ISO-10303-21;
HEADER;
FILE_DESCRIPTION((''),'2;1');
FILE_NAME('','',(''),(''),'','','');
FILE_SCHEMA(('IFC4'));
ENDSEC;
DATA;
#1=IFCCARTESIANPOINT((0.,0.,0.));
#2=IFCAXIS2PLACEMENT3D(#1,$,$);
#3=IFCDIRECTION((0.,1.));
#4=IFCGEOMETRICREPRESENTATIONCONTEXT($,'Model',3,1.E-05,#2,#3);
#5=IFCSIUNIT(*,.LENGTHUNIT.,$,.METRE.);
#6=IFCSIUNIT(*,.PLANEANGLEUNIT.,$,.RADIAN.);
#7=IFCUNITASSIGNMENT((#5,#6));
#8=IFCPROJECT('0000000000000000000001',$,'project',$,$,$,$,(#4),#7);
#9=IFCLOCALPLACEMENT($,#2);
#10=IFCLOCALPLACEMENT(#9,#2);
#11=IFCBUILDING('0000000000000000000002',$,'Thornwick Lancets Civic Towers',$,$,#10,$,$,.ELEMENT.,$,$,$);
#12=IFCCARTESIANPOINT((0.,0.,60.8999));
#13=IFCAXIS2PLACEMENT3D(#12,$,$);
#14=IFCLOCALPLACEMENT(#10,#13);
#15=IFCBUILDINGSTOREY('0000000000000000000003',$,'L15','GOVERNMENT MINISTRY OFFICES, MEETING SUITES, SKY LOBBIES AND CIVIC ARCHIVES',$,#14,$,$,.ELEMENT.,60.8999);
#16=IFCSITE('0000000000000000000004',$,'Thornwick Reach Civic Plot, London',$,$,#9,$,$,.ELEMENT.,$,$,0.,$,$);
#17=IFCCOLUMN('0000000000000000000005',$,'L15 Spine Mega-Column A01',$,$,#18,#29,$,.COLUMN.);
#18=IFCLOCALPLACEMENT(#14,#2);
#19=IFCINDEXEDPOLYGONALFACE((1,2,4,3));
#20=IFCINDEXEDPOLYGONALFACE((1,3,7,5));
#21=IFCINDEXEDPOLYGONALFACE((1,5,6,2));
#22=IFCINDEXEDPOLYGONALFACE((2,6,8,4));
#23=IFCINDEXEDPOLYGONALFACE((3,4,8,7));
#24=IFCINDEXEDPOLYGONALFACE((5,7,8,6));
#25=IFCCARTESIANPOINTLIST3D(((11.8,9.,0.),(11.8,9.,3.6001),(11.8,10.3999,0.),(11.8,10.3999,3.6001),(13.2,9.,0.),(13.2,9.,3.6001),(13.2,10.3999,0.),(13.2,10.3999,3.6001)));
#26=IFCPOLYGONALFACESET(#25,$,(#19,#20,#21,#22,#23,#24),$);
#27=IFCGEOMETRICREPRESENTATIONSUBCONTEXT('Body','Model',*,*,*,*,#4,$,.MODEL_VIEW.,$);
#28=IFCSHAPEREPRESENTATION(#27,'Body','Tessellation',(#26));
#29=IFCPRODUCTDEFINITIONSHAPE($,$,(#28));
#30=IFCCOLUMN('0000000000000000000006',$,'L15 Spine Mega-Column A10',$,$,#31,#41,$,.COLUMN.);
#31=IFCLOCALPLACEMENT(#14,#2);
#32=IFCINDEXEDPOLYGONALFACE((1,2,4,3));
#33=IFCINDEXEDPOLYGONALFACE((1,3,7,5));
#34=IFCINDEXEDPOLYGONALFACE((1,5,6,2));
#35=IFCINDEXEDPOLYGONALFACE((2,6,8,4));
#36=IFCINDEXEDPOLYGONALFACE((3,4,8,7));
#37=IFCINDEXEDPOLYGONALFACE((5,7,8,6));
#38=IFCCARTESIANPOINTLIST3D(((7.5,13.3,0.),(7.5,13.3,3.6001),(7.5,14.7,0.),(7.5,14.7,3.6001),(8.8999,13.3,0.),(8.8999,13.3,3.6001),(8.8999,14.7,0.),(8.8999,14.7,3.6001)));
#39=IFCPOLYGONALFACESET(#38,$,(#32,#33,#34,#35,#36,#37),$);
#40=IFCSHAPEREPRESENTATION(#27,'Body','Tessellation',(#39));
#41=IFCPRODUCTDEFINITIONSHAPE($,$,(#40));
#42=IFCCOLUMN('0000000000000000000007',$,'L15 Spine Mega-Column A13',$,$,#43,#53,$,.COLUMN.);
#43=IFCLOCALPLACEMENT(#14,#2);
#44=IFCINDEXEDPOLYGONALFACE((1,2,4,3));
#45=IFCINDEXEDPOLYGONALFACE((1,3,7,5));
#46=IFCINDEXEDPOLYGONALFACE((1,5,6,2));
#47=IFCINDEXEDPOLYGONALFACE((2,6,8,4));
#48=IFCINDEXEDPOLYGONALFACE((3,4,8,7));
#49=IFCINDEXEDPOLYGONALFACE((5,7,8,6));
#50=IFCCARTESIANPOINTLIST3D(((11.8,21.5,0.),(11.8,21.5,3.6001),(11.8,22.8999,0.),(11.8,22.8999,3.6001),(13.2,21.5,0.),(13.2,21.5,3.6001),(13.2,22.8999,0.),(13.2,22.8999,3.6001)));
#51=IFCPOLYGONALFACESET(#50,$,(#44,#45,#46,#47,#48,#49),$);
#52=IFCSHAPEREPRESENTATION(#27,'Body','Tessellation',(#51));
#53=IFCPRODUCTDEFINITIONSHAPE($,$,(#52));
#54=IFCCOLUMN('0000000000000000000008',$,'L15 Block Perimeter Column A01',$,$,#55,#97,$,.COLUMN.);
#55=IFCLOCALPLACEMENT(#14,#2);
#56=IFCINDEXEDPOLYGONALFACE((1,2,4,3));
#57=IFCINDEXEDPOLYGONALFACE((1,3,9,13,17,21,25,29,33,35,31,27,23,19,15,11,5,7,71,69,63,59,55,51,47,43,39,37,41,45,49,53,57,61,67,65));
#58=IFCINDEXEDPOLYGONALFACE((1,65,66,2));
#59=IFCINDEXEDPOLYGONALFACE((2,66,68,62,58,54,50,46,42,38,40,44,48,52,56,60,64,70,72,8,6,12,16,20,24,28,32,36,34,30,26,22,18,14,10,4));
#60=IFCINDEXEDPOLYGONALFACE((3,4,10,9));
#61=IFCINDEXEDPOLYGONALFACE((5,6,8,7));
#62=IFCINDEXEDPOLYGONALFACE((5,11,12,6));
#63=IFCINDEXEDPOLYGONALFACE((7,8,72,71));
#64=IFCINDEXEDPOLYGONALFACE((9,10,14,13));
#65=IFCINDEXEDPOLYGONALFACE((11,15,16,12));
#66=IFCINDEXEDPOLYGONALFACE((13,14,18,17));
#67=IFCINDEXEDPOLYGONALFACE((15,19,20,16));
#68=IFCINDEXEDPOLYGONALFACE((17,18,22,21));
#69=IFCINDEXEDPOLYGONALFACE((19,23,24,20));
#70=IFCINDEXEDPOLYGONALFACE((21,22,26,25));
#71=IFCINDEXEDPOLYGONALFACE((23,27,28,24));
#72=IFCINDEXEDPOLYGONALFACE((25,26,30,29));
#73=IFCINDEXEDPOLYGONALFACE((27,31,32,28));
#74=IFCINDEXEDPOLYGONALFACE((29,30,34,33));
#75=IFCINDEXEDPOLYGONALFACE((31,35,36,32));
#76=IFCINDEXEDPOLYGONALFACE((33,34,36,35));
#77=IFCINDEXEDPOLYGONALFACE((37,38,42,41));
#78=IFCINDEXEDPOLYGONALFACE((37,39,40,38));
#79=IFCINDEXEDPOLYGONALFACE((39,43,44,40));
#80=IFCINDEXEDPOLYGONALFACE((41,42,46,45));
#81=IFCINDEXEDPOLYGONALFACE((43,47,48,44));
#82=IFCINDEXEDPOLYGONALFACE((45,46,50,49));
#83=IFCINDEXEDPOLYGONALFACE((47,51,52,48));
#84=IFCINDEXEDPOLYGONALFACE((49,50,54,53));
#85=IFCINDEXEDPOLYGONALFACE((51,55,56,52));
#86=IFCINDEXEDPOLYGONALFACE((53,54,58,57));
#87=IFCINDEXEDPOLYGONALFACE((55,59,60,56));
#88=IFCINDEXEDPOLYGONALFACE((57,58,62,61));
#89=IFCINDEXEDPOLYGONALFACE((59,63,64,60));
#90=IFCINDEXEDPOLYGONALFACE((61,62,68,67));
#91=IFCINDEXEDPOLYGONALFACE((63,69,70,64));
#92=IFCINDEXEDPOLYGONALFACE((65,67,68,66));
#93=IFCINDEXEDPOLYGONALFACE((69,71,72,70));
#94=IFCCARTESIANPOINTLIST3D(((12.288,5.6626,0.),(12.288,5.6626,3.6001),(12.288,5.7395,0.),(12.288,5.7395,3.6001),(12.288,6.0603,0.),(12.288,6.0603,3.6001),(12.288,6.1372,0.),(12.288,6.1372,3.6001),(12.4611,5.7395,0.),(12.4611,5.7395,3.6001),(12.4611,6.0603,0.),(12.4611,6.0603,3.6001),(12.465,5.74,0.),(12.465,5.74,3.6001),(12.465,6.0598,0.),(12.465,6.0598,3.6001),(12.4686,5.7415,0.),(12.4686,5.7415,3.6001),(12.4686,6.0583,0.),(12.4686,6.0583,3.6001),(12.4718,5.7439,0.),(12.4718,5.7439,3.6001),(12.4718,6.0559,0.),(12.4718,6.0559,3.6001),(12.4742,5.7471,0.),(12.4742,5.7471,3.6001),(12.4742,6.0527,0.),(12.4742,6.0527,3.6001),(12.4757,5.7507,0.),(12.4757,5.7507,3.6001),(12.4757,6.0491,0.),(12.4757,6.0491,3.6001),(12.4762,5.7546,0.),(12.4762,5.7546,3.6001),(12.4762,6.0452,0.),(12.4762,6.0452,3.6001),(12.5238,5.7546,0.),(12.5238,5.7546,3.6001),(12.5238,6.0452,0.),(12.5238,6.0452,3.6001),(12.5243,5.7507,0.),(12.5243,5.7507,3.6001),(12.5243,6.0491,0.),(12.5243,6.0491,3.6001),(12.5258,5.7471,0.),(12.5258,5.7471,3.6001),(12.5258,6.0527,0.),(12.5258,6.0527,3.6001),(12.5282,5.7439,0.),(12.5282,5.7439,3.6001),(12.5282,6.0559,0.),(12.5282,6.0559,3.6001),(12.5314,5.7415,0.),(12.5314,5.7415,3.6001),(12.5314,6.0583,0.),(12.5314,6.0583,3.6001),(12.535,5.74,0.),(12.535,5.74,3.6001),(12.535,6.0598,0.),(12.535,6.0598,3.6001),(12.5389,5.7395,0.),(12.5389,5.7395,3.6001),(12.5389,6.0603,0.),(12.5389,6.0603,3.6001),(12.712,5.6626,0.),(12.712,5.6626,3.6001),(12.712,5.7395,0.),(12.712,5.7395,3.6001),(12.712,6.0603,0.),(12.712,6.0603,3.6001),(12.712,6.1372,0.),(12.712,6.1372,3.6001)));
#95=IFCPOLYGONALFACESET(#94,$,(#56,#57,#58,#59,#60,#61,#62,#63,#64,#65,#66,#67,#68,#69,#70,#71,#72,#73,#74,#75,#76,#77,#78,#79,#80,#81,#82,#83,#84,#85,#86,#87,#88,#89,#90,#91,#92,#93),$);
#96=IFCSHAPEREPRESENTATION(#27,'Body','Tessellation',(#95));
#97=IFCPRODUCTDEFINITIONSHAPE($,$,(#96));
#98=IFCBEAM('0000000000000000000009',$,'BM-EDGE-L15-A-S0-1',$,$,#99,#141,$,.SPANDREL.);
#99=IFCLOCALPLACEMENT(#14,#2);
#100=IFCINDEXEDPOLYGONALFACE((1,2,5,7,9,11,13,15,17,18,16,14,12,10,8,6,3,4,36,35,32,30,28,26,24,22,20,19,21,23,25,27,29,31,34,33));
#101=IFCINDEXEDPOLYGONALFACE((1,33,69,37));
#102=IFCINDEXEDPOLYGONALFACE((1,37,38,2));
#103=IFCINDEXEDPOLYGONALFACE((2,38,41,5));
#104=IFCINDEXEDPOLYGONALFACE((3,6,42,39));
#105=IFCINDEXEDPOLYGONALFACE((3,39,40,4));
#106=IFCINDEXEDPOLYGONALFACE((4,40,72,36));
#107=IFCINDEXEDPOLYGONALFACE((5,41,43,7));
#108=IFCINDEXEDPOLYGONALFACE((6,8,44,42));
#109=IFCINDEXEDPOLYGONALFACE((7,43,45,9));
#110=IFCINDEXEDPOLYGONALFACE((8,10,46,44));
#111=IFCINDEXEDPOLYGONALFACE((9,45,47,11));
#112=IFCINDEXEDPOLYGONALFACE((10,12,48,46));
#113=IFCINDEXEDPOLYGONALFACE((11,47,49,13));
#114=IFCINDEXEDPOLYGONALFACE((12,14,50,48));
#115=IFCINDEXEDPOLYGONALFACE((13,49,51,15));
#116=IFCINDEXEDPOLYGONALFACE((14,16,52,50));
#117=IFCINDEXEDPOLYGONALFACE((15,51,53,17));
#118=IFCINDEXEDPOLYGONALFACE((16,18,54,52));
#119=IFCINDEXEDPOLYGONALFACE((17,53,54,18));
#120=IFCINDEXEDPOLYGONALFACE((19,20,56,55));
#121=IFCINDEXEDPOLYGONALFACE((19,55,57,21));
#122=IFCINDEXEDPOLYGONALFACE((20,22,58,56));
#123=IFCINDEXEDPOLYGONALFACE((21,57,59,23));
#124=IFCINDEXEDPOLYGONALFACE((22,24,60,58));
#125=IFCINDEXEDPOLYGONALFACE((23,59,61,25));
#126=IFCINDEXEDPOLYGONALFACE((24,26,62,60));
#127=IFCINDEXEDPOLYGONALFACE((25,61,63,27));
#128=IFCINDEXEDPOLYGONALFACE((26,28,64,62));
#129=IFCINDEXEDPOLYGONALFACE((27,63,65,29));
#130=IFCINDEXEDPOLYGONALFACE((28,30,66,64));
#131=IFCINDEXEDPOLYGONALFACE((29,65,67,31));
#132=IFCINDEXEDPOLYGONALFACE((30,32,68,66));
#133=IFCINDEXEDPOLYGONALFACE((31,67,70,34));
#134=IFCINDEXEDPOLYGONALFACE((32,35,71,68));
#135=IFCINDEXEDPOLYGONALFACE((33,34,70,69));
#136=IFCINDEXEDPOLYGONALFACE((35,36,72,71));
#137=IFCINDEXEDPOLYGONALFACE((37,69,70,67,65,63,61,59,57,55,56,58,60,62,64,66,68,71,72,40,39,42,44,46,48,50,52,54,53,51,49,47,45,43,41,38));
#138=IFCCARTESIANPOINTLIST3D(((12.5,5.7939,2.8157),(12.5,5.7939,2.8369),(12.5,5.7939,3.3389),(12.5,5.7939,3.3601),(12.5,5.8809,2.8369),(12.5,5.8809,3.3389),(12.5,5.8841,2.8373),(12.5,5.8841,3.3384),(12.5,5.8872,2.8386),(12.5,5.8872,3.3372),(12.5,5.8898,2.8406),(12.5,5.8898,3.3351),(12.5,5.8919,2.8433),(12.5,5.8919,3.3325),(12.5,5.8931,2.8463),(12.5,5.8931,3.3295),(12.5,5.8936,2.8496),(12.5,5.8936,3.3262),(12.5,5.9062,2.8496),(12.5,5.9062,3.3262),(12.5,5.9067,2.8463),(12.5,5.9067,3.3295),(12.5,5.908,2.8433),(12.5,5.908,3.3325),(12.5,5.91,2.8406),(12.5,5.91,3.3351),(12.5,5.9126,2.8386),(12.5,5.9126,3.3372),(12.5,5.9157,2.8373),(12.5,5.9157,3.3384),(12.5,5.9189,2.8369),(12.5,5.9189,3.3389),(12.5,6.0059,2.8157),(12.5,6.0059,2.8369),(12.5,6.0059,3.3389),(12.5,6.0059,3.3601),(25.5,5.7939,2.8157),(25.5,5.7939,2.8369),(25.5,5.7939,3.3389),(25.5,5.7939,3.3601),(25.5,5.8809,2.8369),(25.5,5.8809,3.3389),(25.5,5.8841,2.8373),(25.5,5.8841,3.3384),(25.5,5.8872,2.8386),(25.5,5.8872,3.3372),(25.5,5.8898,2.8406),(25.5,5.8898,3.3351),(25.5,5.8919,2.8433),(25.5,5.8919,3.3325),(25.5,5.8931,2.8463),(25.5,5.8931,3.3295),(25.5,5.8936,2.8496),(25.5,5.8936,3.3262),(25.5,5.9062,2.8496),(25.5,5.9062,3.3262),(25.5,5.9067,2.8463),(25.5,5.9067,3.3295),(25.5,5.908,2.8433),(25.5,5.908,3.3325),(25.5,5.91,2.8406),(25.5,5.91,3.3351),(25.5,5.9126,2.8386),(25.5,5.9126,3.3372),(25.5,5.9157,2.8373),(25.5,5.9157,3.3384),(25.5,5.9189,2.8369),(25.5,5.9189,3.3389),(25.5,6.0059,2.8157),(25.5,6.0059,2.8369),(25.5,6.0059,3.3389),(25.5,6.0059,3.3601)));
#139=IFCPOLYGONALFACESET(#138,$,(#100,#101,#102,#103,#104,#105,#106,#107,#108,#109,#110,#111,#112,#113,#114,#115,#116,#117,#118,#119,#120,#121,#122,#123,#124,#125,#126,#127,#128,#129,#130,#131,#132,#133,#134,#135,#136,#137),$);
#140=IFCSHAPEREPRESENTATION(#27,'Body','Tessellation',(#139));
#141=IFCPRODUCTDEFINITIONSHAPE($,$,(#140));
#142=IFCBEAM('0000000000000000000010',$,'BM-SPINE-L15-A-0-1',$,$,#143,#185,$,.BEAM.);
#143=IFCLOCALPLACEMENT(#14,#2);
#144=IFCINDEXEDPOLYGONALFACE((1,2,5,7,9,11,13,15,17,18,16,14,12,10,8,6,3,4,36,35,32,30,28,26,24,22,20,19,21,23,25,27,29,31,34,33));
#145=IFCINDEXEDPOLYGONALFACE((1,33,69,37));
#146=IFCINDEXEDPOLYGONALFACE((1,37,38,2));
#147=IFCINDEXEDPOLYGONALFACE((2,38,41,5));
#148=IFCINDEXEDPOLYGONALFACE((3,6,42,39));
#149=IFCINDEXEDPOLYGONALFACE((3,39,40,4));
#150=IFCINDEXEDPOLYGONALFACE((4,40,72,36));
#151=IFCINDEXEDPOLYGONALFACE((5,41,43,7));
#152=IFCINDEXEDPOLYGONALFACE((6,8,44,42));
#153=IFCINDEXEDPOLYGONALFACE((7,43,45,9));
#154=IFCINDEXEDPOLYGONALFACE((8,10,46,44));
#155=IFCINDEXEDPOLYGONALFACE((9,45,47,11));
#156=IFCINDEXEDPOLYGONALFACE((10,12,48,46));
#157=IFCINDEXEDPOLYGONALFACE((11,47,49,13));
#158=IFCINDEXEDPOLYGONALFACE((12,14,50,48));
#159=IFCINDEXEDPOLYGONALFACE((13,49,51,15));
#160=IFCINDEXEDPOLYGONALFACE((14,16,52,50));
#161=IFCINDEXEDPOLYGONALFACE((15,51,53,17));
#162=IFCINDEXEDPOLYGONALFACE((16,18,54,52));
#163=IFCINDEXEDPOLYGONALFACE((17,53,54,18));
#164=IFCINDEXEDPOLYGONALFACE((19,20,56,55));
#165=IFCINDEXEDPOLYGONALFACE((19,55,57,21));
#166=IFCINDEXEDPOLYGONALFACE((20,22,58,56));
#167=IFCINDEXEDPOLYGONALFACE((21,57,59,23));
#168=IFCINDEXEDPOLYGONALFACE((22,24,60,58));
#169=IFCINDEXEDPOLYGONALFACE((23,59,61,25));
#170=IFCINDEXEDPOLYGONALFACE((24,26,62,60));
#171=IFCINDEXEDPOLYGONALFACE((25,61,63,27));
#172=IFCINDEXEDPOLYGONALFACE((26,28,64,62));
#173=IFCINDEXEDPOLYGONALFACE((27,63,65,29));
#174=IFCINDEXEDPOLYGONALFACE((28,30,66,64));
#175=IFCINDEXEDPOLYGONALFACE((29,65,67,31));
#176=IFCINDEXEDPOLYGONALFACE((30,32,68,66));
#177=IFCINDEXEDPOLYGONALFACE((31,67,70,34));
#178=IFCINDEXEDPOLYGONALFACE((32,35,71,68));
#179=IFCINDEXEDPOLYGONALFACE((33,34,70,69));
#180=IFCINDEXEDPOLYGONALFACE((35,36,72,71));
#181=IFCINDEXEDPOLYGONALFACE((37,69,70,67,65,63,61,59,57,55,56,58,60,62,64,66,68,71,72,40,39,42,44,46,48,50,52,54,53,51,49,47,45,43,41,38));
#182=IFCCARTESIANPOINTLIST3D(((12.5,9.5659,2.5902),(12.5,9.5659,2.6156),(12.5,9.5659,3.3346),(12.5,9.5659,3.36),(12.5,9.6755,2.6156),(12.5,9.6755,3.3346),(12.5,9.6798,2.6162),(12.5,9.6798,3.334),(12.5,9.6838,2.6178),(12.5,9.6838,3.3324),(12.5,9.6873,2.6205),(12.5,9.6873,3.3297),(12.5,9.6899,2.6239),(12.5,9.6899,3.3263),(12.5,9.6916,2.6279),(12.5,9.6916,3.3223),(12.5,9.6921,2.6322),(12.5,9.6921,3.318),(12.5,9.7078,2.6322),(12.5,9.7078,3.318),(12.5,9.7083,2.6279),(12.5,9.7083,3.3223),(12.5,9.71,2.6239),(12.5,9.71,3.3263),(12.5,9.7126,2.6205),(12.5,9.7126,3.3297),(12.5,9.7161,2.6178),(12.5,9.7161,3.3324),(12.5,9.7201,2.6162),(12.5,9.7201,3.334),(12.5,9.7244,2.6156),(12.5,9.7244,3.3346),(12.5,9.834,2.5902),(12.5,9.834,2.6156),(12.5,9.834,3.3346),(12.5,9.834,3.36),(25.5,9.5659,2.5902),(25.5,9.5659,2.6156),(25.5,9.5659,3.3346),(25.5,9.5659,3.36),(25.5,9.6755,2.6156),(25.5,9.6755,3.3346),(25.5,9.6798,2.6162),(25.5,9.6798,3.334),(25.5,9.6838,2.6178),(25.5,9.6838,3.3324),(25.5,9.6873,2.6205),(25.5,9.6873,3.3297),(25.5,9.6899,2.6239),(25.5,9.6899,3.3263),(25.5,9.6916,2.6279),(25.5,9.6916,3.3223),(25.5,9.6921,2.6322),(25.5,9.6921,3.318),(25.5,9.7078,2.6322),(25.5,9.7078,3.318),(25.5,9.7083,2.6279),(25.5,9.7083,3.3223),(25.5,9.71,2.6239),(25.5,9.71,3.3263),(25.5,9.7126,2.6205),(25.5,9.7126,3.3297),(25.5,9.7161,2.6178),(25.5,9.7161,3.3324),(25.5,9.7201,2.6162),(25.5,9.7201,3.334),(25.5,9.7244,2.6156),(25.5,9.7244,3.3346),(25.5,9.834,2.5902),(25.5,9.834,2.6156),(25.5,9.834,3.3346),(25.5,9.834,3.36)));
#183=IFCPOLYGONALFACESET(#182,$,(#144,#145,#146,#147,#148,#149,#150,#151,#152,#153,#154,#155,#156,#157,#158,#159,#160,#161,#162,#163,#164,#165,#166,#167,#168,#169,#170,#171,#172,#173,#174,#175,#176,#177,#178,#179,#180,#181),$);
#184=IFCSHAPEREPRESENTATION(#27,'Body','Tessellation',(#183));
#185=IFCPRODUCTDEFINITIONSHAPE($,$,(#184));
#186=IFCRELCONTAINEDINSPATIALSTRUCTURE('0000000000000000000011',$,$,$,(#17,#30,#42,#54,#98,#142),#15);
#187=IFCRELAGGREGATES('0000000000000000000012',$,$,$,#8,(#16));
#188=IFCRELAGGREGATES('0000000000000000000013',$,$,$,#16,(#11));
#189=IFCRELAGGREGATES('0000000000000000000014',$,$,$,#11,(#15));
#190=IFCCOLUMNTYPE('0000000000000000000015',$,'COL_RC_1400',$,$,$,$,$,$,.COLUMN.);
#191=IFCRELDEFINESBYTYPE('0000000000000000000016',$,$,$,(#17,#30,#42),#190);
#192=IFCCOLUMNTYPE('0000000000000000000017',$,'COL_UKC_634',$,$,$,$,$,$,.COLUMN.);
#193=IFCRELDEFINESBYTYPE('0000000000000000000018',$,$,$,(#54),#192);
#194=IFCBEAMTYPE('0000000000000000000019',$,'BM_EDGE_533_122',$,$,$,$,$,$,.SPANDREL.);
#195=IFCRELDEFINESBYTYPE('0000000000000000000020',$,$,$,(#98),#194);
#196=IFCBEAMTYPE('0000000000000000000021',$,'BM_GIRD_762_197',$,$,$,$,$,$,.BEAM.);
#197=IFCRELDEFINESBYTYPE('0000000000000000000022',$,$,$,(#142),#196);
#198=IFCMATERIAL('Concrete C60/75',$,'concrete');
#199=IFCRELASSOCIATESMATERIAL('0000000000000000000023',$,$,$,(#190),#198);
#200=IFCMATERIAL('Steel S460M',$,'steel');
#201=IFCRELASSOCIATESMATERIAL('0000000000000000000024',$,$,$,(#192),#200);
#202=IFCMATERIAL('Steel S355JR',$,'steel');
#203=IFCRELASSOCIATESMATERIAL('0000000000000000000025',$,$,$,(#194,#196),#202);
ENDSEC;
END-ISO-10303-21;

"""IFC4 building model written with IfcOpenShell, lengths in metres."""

from ifc_helpers import new_model, si_unit, direction, frame, origin, origin_2d, place, context, subcontext, project, spatial, rectangle, i_section, extrude, material, material_profile, profile_set, type_object, element, save


model = new_model("IFC4")

# Units and contexts
model_context = context("Model", 3, precision=1e-05, world=origin(), true_north=direction((0.0, 1.0)))
body_context = subcontext(model_context, "Body", "Model", "MODEL_VIEW")
ifc_project = project(units=[si_unit("LENGTHUNIT", "METRE"), si_unit("PLANEANGLEUNIT", "RADIAN")], contexts=[model_context])

# Site, building, storey
site_placement = place(None, origin())
site = spatial("IfcSite", under=ifc_project, at=site_placement, Name="Thornwick Reach Civic Plot, London", CompositionType="ELEMENT", RefElevation=0.0)
building_placement = place(site_placement, origin())
building = spatial("IfcBuilding", under=site, at=building_placement, Name="Thornwick Lancets Civic Towers", CompositionType="ELEMENT")
storey_placement = place(building_placement, frame((0.0, 0.0, 60.8999)))
storey = spatial("IfcBuildingStorey", under=building, at=storey_placement, Name="L15", Description="GOVERNMENT MINISTRY OFFICES, MEETING SUITES, SKY LOBBIES AND CIVIC ARCHIVES", CompositionType="ELEMENT", Elevation=60.8999)

# Columns
ifc_material_1 = material(Name="Concrete C60/75", Category="concrete")
ifc_material_profile_1 = material_profile(ifc_material_1, rectangle(XDim=1.3999, YDim=1.3999, at=origin_2d()), Name="RC 1400x1400")
ifc_profile_set_1 = profile_set([ifc_material_profile_1], Name="Concrete C60/75")
column_type_1 = type_object("IfcColumnType", Name="COL_RC_1400", PredefinedType="COLUMN", material=ifc_profile_set_1)
for number, where, z_axis, x_axis, name in (
    (1, (12.5, 9.7, 0.0), (0.0, 0.0, 1.0), (1.0, 0.0, 0.0), "L15 Spine Mega-Column A01"),
    (2, (8.2, 14.0, 0.0), (0.0, 0.0, 1.0), (1.0, 0.0, 0.0), "L15 Spine Mega-Column A10"),
    (3, (12.5, 22.2, 0.0), (0.0, 0.0, 1.0), (1.0, 0.0, 0.0), "L15 Spine Mega-Column A13"),
):
    element("IfcColumn", number, at=place(storey_placement, frame(where, z_axis=z_axis, x_axis=x_axis)), inside=storey, type_object=column_type_1, Name=name, PredefinedType="COLUMN", context=body_context, shape_type="SweptSolid", body=[
        extrude(rectangle(XDim=1.3999, YDim=1.3999, at=origin_2d()), origin(), (0.0, 0.0, 1.0), 3.6001),
    ])
ifc_material_2 = material(Name="Steel S460M", Category="steel")
ifc_material_profile_2 = material_profile(ifc_material_2, i_section(OverallWidth=0.4241, OverallDepth=0.4746, WebThickness=0.0476, FlangeThickness=0.0769, FilletRadius=0.0151, at=origin_2d()), Name="UKC 356x406x634")
ifc_profile_set_2 = profile_set([ifc_material_profile_2], Name="Steel S460M")
column_type_2 = type_object("IfcColumnType", Name="COL_UKC_634", PredefinedType="COLUMN", material=ifc_profile_set_2)
column_placement = place(storey_placement, frame((12.5, 5.8999, 0.0), z_axis=(0.0, 0.0, 1.0), x_axis=(1.0, 0.0, 0.0)))
element("IfcColumn", 4, at=column_placement, inside=storey, type_object=column_type_2, Name="L15 Block Perimeter Column A01", PredefinedType="COLUMN", context=body_context, shape_type="SweptSolid", body=[
    extrude(i_section(OverallWidth=0.4241, OverallDepth=0.4746, WebThickness=0.0476, FlangeThickness=0.0769, FilletRadius=0.0151, at=origin_2d()), origin(), (0.0, 0.0, 1.0), 3.6001),
])

# Beams
ifc_material_3 = material(Name="Steel S355JR", Category="steel")
ifc_material_profile_3 = material_profile(ifc_material_3, i_section(OverallWidth=0.2119, OverallDepth=0.5444, WebThickness=0.0127, FlangeThickness=0.0212, FilletRadius=0.0127, at=origin_2d()), Name="UKB 533x210x122")
ifc_profile_set_3 = profile_set([ifc_material_profile_3], Name="Steel S355JR")
beam_type_1 = type_object("IfcBeamType", Name="BM_EDGE_533_122", PredefinedType="SPANDREL", material=ifc_profile_set_3)
beam_1_placement = place(storey_placement, frame((12.5, 5.8999, 3.0879), z_axis=(1.0, 0.0, 0.0), x_axis=(0.0, 1.0, 0.0)))
element("IfcBeam", 5, at=beam_1_placement, inside=storey, type_object=beam_type_1, Name="BM-EDGE-L15-A-S0-1", PredefinedType="SPANDREL", context=body_context, shape_type="SweptSolid", body=[
    extrude(i_section(OverallWidth=0.2119, OverallDepth=0.5444, WebThickness=0.0127, FlangeThickness=0.0212, FilletRadius=0.0127, at=origin_2d()), origin(), (0.0, 0.0, 1.0), 13.0),
])
ifc_material_profile_4 = material_profile(ifc_material_3, i_section(OverallWidth=0.2681, OverallDepth=0.7698, WebThickness=0.0156, FlangeThickness=0.0254, FilletRadius=0.0166, at=origin_2d()), Name="UKB 762x267x197")
ifc_profile_set_4 = profile_set([ifc_material_profile_4], Name="Steel S355JR")
beam_type_2 = type_object("IfcBeamType", Name="BM_GIRD_762_197", PredefinedType="BEAM", material=ifc_profile_set_4)
for number, where, z_axis, x_axis, name in (
    (6, (12.5, 9.7, 2.9751), (1.0, 0.0, 0.0), (0.0, 1.0, 0.0), "BM-SPINE-L15-A-0-1"),
):
    element("IfcBeam", number, at=place(storey_placement, frame(where, z_axis=z_axis, x_axis=x_axis)), inside=storey, type_object=beam_type_2, Name=name, PredefinedType="BEAM", context=body_context, shape_type="SweptSolid", body=[
        extrude(i_section(OverallWidth=0.2681, OverallDepth=0.7698, WebThickness=0.0156, FlangeThickness=0.0254, FilletRadius=0.0166, at=origin_2d()), origin(), (0.0, 0.0, 1.0), 13.0),
    ])

save(model, "model.ifc")
